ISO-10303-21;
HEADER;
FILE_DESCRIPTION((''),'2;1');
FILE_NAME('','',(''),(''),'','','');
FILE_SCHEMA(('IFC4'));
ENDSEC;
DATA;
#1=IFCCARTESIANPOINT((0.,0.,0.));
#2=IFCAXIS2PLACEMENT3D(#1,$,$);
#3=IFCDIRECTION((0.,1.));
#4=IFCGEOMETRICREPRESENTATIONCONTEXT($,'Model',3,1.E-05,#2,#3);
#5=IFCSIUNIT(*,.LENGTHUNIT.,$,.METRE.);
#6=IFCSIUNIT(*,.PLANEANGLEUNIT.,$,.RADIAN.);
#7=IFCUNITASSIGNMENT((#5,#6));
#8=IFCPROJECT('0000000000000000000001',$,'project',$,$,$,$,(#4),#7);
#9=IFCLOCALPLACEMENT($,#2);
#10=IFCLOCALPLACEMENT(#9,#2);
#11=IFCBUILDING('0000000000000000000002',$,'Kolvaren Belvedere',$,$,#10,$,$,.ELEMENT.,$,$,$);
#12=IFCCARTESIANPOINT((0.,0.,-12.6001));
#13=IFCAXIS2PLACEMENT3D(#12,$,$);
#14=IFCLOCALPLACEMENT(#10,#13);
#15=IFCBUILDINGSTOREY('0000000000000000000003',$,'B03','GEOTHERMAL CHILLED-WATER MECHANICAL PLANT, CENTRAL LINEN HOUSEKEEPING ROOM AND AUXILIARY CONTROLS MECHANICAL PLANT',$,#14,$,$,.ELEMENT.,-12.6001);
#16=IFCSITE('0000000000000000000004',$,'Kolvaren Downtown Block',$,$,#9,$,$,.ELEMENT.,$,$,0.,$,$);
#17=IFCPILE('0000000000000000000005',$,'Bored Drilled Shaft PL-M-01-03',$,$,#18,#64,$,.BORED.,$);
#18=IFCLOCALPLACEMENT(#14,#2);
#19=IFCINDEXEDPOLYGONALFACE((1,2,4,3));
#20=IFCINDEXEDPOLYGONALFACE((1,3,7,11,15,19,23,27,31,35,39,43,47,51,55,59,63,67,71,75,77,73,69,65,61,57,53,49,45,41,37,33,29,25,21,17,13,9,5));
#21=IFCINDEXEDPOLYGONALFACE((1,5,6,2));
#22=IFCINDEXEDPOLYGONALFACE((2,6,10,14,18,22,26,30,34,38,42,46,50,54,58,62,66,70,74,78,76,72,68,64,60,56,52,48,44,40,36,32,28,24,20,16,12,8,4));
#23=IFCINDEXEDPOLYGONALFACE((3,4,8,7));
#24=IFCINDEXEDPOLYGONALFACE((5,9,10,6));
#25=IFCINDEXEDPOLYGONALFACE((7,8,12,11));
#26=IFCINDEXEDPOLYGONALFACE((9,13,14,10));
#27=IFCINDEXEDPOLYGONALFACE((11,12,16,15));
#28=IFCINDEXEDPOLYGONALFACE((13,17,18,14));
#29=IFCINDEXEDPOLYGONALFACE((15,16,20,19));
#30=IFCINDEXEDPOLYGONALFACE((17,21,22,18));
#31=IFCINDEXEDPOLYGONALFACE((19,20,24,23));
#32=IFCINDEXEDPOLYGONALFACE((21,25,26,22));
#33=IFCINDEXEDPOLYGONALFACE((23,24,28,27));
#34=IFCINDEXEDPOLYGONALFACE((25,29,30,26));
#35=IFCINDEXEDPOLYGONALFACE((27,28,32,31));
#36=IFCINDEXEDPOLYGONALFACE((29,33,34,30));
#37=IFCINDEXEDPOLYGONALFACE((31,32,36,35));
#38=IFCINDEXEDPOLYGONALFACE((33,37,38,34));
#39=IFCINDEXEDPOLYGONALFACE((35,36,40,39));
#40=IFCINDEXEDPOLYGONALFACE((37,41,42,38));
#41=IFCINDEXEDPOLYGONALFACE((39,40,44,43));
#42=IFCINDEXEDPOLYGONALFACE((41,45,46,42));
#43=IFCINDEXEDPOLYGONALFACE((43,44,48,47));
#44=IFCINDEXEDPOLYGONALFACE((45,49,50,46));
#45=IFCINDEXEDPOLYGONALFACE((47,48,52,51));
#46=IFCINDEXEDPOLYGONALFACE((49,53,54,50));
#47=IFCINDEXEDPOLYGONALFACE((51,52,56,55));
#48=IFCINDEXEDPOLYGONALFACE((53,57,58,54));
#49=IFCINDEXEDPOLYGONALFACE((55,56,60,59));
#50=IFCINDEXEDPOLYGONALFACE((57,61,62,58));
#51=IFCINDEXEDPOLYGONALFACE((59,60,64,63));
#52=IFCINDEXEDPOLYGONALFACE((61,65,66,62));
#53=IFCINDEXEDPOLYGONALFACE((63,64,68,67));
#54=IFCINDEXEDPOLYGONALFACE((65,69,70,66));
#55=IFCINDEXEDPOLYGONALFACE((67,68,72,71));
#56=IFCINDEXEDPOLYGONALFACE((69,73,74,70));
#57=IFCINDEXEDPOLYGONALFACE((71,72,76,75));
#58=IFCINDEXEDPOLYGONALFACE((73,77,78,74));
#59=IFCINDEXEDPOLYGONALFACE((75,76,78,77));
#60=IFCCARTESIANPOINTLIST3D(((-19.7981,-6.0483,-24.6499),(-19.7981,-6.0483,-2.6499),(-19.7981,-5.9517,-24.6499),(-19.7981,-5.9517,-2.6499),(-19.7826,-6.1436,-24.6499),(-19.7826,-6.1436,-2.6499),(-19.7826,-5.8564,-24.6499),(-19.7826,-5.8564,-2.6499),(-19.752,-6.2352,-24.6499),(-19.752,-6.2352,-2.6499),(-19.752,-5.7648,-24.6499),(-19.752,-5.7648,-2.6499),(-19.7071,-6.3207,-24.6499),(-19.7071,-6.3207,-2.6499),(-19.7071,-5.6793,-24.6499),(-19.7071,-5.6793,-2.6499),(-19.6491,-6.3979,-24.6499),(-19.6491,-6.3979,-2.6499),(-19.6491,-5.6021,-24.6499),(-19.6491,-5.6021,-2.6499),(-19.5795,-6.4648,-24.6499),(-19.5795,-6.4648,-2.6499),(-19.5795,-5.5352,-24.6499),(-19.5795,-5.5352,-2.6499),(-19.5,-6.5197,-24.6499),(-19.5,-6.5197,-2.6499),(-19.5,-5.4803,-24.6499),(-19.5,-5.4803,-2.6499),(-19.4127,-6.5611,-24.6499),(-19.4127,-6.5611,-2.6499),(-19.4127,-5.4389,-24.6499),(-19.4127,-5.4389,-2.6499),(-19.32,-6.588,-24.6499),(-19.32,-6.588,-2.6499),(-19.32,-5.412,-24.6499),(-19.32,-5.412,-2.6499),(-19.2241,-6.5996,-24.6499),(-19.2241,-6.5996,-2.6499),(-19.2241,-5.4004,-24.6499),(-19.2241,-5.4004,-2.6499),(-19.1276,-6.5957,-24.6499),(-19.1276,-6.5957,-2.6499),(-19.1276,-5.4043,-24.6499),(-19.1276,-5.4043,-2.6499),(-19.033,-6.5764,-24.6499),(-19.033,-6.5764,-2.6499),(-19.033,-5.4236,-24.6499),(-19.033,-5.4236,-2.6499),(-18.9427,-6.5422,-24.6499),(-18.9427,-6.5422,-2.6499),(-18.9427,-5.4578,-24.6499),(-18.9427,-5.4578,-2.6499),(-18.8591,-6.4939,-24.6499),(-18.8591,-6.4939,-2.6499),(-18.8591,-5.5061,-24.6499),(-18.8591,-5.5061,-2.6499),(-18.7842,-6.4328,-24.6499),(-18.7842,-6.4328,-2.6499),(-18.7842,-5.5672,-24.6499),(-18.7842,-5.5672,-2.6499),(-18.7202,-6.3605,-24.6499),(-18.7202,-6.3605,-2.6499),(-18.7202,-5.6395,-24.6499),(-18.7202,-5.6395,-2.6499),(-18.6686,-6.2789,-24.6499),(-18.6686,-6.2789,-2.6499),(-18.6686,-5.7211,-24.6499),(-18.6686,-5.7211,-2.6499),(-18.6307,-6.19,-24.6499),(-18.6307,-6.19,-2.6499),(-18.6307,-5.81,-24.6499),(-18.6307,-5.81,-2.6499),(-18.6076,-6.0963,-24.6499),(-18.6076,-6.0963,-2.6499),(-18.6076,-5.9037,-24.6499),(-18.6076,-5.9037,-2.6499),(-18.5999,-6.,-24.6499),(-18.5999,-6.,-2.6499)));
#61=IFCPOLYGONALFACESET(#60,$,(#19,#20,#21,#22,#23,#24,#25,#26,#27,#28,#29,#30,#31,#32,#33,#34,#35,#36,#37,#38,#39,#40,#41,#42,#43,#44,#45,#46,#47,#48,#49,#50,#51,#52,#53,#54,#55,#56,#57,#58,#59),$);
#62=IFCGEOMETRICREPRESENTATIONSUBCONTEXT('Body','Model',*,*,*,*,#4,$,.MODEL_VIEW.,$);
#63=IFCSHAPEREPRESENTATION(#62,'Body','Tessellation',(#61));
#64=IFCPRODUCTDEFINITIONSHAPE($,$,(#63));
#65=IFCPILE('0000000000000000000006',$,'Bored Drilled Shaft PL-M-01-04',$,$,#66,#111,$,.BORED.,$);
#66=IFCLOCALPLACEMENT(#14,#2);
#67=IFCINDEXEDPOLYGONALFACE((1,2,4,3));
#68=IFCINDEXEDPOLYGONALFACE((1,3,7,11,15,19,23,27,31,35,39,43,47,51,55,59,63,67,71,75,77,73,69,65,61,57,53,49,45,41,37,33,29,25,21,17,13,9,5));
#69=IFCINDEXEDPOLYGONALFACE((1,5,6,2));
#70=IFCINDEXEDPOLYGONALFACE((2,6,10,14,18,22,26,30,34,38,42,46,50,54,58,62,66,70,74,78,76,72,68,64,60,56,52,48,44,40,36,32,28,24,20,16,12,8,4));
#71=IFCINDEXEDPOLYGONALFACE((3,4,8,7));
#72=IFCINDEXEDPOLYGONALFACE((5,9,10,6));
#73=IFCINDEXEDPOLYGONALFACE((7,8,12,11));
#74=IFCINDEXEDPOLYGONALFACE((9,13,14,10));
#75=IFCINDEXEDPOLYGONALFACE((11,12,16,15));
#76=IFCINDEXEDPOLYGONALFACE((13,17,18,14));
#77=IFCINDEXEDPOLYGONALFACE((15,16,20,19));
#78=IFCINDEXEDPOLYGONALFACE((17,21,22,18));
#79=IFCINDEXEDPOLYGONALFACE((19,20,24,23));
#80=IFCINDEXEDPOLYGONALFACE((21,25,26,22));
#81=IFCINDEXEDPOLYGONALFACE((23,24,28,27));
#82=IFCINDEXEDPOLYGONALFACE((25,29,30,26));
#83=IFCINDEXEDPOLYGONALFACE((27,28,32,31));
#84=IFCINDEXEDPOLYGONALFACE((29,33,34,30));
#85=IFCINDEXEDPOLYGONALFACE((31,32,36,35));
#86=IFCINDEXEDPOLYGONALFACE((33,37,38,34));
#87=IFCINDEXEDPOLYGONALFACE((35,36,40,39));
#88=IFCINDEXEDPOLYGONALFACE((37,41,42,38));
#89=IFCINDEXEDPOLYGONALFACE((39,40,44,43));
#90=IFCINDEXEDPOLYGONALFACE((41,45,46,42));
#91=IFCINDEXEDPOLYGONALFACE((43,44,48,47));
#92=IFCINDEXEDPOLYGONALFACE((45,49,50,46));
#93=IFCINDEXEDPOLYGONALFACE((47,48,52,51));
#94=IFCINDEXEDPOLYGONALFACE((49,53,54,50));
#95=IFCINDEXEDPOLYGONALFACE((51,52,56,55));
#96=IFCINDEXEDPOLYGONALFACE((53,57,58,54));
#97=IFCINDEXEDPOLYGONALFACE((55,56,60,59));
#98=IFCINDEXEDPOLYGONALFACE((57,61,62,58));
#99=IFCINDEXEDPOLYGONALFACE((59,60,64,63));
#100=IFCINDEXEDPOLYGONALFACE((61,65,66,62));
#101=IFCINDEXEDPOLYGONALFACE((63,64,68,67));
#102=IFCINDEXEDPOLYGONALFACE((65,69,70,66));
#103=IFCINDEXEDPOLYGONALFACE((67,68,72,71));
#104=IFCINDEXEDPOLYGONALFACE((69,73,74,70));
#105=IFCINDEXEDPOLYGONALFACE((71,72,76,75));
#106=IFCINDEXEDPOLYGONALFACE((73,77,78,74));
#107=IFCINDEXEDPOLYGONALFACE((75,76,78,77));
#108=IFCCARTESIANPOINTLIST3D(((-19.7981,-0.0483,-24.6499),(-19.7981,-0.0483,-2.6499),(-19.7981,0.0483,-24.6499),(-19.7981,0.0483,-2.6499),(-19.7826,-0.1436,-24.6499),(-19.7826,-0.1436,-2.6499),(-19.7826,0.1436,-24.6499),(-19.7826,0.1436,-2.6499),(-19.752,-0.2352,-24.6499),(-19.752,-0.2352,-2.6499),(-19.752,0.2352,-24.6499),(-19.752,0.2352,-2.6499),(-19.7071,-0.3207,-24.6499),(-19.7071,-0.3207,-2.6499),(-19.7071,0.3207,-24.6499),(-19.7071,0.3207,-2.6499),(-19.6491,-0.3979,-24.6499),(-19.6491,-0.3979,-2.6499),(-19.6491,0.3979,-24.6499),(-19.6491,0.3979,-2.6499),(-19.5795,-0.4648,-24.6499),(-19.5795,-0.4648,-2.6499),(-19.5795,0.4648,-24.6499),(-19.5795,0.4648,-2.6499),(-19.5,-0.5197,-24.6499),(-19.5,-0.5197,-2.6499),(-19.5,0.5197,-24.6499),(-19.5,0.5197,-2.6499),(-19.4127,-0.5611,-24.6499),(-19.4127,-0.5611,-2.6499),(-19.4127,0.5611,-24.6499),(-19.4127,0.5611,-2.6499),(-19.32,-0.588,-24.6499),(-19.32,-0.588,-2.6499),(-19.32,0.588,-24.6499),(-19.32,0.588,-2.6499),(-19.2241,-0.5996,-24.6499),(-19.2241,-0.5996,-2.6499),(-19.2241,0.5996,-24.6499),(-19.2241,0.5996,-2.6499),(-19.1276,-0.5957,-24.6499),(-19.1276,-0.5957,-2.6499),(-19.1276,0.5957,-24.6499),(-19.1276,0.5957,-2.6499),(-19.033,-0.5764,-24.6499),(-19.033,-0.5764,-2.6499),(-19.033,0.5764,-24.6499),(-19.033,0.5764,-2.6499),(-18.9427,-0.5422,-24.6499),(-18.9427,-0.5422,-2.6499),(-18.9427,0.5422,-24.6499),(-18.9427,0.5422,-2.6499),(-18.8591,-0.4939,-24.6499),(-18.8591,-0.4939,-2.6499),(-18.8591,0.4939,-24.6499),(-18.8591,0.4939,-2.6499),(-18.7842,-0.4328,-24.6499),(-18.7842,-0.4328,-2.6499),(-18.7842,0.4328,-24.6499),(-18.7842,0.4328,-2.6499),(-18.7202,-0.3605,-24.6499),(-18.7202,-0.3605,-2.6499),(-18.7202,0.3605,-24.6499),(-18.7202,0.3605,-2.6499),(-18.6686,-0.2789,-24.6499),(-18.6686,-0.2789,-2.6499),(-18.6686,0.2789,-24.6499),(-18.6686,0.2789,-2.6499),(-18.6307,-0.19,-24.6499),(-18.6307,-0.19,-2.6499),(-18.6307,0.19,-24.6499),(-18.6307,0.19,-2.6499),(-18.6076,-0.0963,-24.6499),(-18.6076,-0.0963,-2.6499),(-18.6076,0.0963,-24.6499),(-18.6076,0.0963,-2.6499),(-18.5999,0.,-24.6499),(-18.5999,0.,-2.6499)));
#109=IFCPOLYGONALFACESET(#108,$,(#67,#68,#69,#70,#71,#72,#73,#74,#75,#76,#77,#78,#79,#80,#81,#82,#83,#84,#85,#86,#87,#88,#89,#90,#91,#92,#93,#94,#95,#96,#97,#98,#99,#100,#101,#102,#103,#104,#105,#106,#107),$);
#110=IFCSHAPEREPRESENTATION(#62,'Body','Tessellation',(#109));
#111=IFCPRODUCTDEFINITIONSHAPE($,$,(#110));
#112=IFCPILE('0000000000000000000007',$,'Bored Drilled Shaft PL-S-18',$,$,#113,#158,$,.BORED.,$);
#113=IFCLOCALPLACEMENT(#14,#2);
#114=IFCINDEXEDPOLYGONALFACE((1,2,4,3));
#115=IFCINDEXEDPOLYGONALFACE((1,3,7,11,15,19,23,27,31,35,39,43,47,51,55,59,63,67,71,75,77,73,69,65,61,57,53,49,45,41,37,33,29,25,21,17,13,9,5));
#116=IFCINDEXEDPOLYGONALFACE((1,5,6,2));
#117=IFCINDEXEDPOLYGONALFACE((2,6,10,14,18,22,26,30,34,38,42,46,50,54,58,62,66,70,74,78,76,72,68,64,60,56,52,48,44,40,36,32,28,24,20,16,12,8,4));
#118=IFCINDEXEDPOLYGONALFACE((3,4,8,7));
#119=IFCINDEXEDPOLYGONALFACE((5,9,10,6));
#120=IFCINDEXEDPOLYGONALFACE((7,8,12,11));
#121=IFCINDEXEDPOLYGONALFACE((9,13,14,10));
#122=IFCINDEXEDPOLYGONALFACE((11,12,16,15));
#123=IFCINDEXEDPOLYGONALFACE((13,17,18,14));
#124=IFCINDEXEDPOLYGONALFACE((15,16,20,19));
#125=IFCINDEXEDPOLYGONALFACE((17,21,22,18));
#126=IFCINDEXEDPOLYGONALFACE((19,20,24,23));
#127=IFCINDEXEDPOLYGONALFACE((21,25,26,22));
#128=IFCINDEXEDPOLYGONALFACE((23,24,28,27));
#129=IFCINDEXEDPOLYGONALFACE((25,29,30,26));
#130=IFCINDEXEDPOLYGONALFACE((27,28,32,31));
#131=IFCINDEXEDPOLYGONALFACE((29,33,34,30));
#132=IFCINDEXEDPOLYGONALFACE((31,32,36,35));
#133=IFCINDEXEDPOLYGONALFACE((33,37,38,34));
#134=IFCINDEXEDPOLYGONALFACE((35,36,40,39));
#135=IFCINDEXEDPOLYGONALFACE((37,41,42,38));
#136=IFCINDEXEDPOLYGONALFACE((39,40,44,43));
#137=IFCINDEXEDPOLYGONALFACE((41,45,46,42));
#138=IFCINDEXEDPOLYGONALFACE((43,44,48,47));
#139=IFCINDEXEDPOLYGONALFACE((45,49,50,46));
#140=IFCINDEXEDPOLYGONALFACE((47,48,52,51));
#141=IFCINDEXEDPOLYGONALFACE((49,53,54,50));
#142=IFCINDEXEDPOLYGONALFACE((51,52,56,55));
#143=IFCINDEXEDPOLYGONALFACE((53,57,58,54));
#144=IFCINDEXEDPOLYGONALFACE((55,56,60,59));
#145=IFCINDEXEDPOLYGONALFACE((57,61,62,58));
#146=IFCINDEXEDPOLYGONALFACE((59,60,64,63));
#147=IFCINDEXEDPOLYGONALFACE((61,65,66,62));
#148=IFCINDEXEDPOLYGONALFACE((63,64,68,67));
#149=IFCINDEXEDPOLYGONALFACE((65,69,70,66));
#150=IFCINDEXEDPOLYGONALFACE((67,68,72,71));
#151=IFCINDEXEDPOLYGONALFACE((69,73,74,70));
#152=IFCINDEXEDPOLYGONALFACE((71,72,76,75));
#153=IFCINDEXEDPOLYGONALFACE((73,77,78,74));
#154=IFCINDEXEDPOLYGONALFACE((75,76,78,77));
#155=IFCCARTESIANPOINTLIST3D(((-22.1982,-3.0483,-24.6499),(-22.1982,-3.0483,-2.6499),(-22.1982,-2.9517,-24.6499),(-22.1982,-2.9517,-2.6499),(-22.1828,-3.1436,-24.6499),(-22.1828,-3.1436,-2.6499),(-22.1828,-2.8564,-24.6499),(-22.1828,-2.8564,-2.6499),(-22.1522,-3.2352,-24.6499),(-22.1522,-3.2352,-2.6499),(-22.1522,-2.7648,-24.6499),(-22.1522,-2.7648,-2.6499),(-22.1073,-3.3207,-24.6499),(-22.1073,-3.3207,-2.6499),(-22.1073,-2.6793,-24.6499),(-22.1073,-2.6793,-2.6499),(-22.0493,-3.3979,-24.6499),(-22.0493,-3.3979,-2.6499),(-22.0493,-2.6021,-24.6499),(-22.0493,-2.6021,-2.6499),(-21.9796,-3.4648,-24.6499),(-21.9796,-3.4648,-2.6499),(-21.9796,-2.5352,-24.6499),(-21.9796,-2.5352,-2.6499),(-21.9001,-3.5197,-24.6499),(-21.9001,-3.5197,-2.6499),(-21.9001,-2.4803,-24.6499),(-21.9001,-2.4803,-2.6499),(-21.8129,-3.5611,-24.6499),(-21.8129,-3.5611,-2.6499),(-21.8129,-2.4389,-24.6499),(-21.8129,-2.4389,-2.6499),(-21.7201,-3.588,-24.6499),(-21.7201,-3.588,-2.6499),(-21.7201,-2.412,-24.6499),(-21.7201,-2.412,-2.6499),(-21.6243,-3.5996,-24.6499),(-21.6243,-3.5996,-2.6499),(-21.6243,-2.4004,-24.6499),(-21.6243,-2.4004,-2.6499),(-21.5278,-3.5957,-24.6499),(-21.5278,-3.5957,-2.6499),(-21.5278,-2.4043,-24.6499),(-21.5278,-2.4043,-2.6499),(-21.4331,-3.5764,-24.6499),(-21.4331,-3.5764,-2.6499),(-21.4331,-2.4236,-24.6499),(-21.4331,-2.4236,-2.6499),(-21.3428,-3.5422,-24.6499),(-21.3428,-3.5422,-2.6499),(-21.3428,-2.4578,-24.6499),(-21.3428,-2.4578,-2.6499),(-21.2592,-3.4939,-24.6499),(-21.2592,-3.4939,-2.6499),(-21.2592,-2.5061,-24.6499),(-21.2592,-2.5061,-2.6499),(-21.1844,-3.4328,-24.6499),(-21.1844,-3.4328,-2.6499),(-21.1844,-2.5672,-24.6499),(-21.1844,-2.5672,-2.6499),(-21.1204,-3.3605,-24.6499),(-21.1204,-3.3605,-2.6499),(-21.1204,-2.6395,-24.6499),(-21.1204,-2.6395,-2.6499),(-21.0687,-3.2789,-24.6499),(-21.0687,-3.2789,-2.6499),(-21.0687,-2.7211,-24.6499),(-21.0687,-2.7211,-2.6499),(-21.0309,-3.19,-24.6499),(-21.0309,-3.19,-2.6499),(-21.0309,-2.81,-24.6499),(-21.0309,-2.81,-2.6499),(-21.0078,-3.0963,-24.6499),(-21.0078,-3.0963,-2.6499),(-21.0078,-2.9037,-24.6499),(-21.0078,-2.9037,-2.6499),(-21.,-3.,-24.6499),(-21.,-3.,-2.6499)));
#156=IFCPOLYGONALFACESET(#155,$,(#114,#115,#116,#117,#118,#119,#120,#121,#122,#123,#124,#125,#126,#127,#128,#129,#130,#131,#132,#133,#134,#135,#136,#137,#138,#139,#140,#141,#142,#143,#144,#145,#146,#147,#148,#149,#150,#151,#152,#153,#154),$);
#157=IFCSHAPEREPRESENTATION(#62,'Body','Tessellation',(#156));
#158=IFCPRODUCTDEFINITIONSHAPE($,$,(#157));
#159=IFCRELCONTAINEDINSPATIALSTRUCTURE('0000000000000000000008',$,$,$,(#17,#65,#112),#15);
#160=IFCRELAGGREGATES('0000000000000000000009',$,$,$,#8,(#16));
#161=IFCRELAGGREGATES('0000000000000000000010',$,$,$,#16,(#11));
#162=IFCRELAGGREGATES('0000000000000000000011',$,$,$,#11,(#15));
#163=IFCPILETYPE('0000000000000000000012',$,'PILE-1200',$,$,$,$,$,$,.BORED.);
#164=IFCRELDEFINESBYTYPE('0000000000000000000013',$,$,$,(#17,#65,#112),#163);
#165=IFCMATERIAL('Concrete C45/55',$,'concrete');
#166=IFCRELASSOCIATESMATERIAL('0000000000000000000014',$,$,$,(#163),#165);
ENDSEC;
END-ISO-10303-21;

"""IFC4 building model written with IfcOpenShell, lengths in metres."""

from ifc_helpers import new_model, si_unit, direction, frame, origin, origin_2d, place, context, subcontext, project, spatial, circle, extrude, material, material_profile, profile_set, type_object, element, save


model = new_model("IFC4")

# Units and contexts
model_context = context("Model", 3, precision=1e-05, world=origin(), true_north=direction((0.0, 1.0)))
body_context = subcontext(model_context, "Body", "Model", "MODEL_VIEW")
ifc_project = project(units=[si_unit("LENGTHUNIT", "METRE"), si_unit("PLANEANGLEUNIT", "RADIAN")], contexts=[model_context])

# Site, building, storey
site_placement = place(None, origin())
site = spatial("IfcSite", under=ifc_project, at=site_placement, Name="Kolvaren Downtown Block", CompositionType="ELEMENT", RefElevation=0.0)
building_placement = place(site_placement, origin())
building = spatial("IfcBuilding", under=site, at=building_placement, Name="Kolvaren Belvedere", CompositionType="ELEMENT")
storey_placement = place(building_placement, frame((0.0, 0.0, -12.6001)))
storey = spatial("IfcBuildingStorey", under=building, at=storey_placement, Name="B03", Description="GEOTHERMAL CHILLED-WATER MECHANICAL PLANT, CENTRAL LINEN HOUSEKEEPING ROOM AND AUXILIARY CONTROLS MECHANICAL PLANT", CompositionType="ELEMENT", Elevation=-12.6001)

# Piles
ifc_material_1 = material(Name="Concrete C45/55", Category="concrete")
ifc_material_profile_1 = material_profile(ifc_material_1, circle(Radius=0.6001, at=origin_2d()), Name="BORED PILE D1200")
ifc_profile_set_1 = profile_set([ifc_material_profile_1], Name="Concrete C45/55")
pile_type_1 = type_object("IfcPileType", Name="PILE-1200", PredefinedType="BORED", material=ifc_profile_set_1)
for number, where, z_axis, x_axis, name in (
    (1, (-19.2, -6.0, -2.6499), (0.0, 0.0, -1.0), (1.0, 0.0, 0.0), "Bored Drilled Shaft PL-M-01-03"),
    (2, (-19.2, 0.0, -2.6499), (0.0, 0.0, -1.0), (1.0, 0.0, 0.0), "Bored Drilled Shaft PL-M-01-04"),
    (3, (-21.6001, -3.0, -2.6499), (0.0, 0.0, -1.0), (1.0, 0.0, 0.0), "Bored Drilled Shaft PL-S-18"),
):
    element("IfcPile", number, at=place(storey_placement, frame(where, z_axis=z_axis, x_axis=x_axis)), inside=storey, type_object=pile_type_1, Name=name, PredefinedType="BORED", context=body_context, shape_type="SweptSolid", body=[
        extrude(circle(Radius=0.6001, at=origin_2d()), origin(), (0.0, 0.0, 1.0), 22.0),
    ])

save(model, "model.ifc")
